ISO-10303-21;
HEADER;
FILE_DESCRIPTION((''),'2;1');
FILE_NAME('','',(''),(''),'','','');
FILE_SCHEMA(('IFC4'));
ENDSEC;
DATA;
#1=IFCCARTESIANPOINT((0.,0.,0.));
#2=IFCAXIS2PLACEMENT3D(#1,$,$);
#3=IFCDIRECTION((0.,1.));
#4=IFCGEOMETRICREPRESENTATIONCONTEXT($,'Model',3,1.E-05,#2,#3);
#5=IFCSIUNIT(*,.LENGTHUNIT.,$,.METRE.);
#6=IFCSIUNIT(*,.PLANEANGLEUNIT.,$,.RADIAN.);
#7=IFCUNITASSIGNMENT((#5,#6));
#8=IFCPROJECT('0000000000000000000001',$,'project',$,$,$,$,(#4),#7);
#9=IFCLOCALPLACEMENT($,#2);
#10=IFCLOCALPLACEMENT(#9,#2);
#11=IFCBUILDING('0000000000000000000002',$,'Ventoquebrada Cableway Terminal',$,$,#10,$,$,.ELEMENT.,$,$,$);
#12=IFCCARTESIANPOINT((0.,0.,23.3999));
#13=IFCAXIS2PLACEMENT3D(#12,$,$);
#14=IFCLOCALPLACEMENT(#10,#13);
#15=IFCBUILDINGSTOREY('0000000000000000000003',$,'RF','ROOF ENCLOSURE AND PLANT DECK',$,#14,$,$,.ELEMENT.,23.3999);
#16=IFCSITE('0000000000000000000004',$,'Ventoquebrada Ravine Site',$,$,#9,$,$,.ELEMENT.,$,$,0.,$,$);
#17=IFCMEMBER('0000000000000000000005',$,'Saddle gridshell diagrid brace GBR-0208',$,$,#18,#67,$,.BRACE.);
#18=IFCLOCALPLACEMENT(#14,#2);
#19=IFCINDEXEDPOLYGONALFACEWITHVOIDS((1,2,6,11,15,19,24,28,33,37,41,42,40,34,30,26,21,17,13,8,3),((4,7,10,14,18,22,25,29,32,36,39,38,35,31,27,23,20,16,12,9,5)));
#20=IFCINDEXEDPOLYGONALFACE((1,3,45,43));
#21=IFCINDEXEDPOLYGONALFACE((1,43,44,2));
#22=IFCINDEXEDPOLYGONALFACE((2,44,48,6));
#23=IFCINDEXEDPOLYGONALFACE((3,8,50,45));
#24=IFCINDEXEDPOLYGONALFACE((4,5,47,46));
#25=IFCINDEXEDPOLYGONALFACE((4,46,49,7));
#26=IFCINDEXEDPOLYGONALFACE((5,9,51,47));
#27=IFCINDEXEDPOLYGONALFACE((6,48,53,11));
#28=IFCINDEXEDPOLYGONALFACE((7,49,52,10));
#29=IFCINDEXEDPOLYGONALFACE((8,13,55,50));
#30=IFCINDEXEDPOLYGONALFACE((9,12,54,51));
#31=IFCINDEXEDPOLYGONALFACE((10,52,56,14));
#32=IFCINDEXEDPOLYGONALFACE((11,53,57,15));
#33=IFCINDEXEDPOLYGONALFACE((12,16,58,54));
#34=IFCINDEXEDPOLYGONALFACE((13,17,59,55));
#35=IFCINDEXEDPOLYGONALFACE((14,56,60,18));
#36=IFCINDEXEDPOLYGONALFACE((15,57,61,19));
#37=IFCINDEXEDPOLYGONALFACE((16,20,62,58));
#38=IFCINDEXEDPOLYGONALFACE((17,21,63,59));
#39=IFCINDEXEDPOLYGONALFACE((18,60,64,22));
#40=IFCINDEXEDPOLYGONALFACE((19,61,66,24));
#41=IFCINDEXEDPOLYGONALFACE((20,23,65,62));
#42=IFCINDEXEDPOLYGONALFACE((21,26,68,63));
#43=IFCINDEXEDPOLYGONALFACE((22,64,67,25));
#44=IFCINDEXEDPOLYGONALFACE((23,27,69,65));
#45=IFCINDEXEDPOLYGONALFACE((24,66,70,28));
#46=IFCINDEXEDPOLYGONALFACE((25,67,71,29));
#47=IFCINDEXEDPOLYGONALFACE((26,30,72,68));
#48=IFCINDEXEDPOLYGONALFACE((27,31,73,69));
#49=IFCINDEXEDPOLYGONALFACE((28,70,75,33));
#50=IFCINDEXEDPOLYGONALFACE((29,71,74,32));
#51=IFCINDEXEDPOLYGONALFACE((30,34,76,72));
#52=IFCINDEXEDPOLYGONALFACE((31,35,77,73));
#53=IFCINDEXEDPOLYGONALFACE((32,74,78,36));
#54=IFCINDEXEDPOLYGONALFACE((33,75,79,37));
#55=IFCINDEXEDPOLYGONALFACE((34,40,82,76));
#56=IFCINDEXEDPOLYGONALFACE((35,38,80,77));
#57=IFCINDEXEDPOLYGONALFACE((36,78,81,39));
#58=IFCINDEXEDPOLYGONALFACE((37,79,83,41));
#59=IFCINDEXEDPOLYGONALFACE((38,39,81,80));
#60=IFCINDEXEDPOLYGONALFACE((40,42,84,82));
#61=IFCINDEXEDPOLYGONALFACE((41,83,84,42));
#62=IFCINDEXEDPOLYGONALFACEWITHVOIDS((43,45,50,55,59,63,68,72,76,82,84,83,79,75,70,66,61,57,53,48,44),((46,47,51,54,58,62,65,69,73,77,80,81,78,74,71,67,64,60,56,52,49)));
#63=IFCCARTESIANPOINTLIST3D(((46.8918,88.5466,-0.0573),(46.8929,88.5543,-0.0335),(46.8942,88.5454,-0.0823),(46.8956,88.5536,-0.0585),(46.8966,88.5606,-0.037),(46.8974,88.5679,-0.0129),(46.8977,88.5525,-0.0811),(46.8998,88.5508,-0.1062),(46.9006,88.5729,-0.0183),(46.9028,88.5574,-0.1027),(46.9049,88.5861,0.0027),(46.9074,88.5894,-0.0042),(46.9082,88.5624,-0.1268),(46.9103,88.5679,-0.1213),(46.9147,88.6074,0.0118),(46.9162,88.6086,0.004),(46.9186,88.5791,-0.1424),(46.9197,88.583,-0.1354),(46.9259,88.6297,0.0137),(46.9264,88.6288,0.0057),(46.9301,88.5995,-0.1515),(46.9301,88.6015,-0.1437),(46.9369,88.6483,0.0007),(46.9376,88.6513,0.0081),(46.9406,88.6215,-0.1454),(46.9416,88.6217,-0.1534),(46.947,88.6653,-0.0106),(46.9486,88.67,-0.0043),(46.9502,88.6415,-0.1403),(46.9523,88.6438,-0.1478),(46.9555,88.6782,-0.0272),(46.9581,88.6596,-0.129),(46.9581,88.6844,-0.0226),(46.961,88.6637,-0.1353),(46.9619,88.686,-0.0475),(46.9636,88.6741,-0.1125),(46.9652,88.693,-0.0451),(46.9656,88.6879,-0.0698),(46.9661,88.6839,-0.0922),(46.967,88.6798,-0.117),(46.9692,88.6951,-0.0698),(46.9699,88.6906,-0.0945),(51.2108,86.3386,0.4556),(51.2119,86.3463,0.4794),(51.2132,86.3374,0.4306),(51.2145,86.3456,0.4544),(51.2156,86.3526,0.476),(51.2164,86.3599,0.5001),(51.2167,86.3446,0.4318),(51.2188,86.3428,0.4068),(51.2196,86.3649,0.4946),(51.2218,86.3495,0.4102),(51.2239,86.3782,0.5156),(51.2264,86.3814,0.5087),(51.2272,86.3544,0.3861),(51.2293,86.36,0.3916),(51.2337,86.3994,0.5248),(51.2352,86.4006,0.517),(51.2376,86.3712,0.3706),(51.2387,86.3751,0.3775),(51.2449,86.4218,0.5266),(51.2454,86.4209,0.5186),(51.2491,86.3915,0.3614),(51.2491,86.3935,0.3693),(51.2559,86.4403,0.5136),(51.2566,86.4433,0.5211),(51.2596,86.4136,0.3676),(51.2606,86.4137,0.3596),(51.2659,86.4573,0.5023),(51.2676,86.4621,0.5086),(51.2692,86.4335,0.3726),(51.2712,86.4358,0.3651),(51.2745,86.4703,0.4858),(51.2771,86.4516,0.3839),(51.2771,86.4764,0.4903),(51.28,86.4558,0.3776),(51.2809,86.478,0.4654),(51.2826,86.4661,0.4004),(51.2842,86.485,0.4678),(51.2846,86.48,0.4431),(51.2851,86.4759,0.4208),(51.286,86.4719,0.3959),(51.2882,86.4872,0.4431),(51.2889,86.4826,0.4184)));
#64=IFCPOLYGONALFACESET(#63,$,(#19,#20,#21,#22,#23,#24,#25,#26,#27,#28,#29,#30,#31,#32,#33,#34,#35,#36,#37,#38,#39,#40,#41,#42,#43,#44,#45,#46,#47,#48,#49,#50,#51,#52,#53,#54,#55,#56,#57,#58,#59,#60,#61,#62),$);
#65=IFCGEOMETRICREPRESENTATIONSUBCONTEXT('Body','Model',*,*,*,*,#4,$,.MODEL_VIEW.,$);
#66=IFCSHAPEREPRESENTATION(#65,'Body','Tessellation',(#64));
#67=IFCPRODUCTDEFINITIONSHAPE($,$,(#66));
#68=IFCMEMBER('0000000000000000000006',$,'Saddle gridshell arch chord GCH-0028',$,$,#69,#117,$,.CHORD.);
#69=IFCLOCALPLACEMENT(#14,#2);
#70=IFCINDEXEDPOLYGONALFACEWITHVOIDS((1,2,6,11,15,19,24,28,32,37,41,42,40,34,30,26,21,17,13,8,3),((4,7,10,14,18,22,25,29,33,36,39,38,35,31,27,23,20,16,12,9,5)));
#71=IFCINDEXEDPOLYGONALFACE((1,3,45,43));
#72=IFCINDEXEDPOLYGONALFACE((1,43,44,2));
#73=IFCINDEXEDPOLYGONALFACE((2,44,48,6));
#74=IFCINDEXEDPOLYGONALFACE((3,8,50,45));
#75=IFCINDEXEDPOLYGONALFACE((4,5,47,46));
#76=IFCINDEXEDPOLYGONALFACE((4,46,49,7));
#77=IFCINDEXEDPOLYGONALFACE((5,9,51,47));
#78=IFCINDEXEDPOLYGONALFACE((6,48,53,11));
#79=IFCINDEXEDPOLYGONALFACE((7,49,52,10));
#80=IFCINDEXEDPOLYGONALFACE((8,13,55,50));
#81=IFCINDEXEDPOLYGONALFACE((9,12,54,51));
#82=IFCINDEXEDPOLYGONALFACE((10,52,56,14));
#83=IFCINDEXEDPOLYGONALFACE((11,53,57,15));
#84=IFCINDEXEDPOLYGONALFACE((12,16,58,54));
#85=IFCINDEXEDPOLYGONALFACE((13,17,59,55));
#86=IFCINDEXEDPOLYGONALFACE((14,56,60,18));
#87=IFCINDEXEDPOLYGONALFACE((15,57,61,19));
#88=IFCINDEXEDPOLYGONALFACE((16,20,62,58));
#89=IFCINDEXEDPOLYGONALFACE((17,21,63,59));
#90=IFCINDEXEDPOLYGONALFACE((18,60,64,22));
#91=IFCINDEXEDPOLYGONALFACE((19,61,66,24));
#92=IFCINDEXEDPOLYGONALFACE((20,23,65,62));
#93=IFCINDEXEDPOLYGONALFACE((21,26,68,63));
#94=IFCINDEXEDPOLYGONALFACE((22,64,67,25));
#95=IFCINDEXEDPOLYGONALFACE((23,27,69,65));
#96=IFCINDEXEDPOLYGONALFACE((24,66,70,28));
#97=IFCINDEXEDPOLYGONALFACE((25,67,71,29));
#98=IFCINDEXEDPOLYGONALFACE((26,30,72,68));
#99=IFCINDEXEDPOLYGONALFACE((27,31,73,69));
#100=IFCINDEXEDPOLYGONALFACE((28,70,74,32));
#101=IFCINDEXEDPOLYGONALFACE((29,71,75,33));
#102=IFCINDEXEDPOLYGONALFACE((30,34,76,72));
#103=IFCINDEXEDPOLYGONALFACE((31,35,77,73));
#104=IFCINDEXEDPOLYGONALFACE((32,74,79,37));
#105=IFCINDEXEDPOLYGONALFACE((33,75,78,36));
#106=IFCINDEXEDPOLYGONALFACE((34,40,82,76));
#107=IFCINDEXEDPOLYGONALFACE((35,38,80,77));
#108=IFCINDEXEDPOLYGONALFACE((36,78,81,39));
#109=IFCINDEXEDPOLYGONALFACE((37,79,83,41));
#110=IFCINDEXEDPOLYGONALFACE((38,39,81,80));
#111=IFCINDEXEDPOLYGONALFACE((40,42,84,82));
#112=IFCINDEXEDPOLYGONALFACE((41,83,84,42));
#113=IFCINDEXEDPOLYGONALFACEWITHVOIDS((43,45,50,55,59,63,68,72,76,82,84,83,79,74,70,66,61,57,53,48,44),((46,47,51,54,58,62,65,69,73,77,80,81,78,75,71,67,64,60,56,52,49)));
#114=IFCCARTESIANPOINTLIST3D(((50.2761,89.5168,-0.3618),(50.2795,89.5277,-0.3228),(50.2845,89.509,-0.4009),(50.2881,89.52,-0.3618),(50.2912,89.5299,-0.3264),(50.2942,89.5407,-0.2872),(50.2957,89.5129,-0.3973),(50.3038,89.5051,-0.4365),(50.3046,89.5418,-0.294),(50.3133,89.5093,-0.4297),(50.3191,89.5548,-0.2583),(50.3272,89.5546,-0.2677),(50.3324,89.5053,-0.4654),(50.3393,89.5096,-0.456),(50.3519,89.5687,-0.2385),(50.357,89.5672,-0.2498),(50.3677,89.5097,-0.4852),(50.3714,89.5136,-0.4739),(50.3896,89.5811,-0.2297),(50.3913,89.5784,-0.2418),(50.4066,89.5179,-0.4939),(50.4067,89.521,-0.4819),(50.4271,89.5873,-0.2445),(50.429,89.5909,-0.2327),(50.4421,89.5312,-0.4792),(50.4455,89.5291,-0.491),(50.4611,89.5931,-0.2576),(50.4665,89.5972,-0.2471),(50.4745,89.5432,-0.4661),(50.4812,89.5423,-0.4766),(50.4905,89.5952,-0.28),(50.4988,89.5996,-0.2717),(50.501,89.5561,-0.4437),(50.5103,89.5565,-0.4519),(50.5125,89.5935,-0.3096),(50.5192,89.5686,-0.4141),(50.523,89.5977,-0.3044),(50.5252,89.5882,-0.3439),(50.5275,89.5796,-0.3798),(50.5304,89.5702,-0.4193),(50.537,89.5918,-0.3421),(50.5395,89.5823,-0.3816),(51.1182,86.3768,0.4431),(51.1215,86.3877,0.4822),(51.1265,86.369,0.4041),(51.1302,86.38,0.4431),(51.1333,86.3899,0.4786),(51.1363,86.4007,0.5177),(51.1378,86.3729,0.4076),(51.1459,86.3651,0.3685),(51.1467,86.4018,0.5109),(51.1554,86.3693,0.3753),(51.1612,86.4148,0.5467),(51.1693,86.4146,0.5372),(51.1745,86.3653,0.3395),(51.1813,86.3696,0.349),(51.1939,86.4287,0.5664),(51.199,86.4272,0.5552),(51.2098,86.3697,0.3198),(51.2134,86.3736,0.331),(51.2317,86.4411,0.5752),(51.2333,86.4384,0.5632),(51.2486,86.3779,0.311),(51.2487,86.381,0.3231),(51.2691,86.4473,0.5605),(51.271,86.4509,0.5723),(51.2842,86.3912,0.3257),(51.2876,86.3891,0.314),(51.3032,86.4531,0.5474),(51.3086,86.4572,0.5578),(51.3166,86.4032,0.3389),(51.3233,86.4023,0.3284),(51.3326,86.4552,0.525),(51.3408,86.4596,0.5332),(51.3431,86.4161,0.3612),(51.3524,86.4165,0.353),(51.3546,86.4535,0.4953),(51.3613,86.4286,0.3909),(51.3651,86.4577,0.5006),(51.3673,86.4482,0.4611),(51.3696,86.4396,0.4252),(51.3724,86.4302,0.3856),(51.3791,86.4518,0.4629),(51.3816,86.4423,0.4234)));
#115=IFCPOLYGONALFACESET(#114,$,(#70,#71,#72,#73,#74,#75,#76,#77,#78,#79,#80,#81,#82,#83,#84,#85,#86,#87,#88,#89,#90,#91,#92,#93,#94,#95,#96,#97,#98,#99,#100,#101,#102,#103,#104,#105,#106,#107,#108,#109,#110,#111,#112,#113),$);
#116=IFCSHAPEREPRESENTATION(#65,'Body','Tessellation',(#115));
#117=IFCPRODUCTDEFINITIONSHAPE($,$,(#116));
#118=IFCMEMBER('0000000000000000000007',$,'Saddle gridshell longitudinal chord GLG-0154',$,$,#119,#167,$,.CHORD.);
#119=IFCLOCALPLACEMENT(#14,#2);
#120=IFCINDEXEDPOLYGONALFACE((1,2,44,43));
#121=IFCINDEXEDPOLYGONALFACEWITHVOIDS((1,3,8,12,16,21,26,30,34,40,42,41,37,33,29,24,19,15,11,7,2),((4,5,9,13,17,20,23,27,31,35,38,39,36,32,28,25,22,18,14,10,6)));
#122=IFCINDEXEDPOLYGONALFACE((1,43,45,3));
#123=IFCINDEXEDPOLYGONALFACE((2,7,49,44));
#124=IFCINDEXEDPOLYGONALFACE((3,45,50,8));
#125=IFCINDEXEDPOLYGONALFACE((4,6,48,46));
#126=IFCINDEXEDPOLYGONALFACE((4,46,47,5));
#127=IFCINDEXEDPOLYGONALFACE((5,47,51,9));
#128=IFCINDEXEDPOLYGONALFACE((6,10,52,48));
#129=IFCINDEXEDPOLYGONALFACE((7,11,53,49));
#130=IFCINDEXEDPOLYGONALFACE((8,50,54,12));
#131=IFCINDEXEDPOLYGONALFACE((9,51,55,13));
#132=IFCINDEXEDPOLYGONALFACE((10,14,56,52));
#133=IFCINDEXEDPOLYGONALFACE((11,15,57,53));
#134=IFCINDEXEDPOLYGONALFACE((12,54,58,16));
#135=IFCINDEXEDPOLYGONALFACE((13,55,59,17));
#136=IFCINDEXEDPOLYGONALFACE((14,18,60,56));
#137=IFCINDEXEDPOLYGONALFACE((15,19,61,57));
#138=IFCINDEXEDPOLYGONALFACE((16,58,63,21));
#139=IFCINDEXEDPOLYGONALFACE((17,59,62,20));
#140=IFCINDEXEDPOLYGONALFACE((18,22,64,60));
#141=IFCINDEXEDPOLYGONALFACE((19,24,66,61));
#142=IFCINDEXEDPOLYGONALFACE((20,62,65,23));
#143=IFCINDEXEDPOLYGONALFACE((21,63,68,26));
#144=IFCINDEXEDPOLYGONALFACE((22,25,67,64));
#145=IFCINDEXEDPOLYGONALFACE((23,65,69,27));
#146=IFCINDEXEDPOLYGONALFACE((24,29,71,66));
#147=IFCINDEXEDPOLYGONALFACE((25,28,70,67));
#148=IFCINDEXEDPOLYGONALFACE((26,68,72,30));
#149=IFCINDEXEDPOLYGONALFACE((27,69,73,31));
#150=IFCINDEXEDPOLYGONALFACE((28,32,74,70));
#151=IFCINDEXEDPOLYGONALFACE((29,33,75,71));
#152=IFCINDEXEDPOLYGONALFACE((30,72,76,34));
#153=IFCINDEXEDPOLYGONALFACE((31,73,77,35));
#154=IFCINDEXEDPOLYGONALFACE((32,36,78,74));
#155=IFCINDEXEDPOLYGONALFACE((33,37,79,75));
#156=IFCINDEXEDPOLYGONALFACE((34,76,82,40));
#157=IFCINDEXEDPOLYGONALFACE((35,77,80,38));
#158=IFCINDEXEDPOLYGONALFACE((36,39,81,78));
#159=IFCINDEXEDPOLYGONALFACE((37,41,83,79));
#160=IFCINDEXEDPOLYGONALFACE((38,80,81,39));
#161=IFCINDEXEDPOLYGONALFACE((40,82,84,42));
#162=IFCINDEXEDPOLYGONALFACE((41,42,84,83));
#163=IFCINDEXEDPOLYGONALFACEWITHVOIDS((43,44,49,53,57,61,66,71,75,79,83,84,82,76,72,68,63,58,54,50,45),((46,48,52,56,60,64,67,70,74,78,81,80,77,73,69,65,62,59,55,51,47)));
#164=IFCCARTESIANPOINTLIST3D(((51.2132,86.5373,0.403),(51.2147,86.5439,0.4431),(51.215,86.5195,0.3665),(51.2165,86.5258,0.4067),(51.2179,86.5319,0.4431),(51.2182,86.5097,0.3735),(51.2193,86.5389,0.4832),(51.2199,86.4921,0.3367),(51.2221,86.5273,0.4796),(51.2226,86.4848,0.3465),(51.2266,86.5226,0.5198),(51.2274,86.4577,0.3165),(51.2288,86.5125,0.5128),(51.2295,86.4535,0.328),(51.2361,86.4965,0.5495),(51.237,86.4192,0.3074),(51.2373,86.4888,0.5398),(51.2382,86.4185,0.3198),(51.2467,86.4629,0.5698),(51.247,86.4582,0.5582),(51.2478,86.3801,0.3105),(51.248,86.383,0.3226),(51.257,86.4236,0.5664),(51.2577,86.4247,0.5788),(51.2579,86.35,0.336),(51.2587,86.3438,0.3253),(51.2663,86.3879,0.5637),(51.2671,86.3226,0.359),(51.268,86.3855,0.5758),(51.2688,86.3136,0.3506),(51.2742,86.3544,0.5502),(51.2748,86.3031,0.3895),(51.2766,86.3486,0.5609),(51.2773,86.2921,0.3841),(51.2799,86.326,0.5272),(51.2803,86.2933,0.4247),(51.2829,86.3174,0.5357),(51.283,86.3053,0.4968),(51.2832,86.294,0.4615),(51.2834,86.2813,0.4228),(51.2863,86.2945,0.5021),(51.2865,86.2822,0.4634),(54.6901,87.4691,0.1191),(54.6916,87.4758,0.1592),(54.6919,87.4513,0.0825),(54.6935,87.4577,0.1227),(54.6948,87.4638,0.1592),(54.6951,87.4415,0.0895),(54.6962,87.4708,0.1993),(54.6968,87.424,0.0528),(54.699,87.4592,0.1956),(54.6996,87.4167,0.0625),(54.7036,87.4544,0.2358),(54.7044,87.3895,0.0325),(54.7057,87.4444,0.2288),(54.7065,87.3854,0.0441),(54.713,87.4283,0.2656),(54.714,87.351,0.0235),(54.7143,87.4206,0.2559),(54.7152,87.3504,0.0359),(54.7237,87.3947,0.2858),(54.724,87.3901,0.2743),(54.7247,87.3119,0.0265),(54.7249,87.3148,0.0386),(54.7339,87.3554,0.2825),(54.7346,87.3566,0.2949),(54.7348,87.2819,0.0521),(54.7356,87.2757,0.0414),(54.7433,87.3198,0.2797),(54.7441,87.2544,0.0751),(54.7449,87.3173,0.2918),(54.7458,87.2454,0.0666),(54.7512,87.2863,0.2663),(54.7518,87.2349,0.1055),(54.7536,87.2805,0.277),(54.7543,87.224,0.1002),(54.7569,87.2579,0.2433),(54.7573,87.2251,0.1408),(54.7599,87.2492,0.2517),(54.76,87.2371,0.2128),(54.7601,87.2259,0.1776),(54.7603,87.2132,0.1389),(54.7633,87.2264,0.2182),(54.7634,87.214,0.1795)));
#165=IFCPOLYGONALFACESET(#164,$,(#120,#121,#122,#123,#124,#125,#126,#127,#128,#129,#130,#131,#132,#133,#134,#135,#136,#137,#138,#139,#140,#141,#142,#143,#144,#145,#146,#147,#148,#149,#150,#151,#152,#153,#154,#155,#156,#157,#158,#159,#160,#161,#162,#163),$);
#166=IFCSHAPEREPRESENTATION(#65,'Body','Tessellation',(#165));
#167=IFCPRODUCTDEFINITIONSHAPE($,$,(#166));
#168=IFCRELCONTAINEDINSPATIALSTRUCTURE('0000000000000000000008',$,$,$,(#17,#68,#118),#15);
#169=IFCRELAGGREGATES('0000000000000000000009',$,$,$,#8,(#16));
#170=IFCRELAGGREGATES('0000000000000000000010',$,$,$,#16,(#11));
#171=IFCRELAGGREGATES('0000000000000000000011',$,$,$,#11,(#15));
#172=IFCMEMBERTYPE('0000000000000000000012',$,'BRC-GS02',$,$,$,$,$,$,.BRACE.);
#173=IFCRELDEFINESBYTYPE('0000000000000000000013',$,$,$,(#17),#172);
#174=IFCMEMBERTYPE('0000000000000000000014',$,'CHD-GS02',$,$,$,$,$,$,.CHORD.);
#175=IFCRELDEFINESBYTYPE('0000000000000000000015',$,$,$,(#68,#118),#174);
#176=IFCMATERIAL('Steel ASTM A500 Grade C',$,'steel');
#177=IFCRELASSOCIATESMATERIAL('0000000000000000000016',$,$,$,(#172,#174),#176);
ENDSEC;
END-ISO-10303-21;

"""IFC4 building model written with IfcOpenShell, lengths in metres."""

from ifc_helpers import new_model, si_unit, direction, frame, origin, origin_2d, place, context, subcontext, project, spatial, hollow_circle, extrude, material, material_profile, profile_set, type_object, element, save


model = new_model("IFC4")

# Units and contexts
model_context = context("Model", 3, precision=1e-05, world=origin(), true_north=direction((0.0, 1.0)))
body_context = subcontext(model_context, "Body", "Model", "MODEL_VIEW")
ifc_project = project(units=[si_unit("LENGTHUNIT", "METRE"), si_unit("PLANEANGLEUNIT", "RADIAN")], contexts=[model_context])

# Site, building, storey
site_placement = place(None, origin())
site = spatial("IfcSite", under=ifc_project, at=site_placement, Name="Ventoquebrada Ravine Site", CompositionType="ELEMENT", RefElevation=0.0)
building_placement = place(site_placement, origin())
building = spatial("IfcBuilding", under=site, at=building_placement, Name="Ventoquebrada Cableway Terminal", CompositionType="ELEMENT")
storey_placement = place(building_placement, frame((0.0, 0.0, 23.3999)))
storey = spatial("IfcBuildingStorey", under=building, at=storey_placement, Name="RF", Description="ROOF ENCLOSURE AND PLANT DECK", CompositionType="ELEMENT", Elevation=23.3999)

# Members
ifc_material_1 = material(Name="Steel ASTM A500 Grade C", Category="steel")
ifc_material_profile_1 = material_profile(ifc_material_1, hollow_circle(Radius=0.0842, WallThickness=0.0081, at=origin_2d()), Name="CHS168.3X8")
ifc_profile_set_1 = profile_set([ifc_material_profile_1], Name="Steel ASTM A500 Grade C")
member_type_1 = type_object("IfcMemberType", Name="BRC-GS02", PredefinedType="BRACE", material=ifc_profile_set_1)
member_1_placement = place(storey_placement, frame((46.9309, 88.6201, -0.0698), z_axis=(0.885458, -0.452664, 0.105158), x_axis=(0.455188, 0.890395, 0.0)))
element("IfcMember", 1, at=member_1_placement, inside=storey, type_object=member_type_1, Name="Saddle gridshell diagrid brace GBR-0208", PredefinedType="BRACE", context=body_context, shape_type="SweptSolid", body=[
    extrude(hollow_circle(Radius=0.0842, WallThickness=0.0081, at=origin_2d()), origin(), (0.0, 0.0, 1.0), 4.8777),
])
ifc_material_profile_2 = material_profile(ifc_material_1, hollow_circle(Radius=0.1365, WallThickness=0.0125, at=origin_2d()), Name="CHS273.0X12.5")
ifc_profile_set_2 = profile_set([ifc_material_profile_2], Name="Steel ASTM A500 Grade C")
member_type_2 = type_object("IfcMemberType", Name="CHD-GS02", PredefinedType="CHORD", material=ifc_profile_set_2)
member_2_placement = place(storey_placement, frame((51.25, 86.4121, 0.4431), z_axis=(-0.25143, 0.937558, -0.240349), x_axis=(-0.965871, -0.259023, 0.0)))
element("IfcMember", 2, at=member_2_placement, inside=storey, type_object=member_type_2, Name="Saddle gridshell arch chord GCH-0028", PredefinedType="CHORD", context=body_context, shape_type="SweptSolid", body=[
    extrude(hollow_circle(Radius=0.1365, WallThickness=0.0125, at=origin_2d()), origin(), (0.0, 0.0, 1.0), 3.3491),
])
member_3_placement = place(storey_placement, frame((51.25, 86.4121, 0.4431), z_axis=(0.96292, 0.258072, -0.078632), x_axis=(-0.258874, 0.965911, 0.0)))
element("IfcMember", 3, at=member_3_placement, inside=storey, type_object=member_type_2, Name="Saddle gridshell longitudinal chord GLG-0154", PredefinedType="CHORD", context=body_context, shape_type="SweptSolid", body=[
    extrude(hollow_circle(Radius=0.1365, WallThickness=0.0125, at=origin_2d()), origin(), (0.0, 0.0, 1.0), 3.6108),
])

save(model, "model.ifc")
